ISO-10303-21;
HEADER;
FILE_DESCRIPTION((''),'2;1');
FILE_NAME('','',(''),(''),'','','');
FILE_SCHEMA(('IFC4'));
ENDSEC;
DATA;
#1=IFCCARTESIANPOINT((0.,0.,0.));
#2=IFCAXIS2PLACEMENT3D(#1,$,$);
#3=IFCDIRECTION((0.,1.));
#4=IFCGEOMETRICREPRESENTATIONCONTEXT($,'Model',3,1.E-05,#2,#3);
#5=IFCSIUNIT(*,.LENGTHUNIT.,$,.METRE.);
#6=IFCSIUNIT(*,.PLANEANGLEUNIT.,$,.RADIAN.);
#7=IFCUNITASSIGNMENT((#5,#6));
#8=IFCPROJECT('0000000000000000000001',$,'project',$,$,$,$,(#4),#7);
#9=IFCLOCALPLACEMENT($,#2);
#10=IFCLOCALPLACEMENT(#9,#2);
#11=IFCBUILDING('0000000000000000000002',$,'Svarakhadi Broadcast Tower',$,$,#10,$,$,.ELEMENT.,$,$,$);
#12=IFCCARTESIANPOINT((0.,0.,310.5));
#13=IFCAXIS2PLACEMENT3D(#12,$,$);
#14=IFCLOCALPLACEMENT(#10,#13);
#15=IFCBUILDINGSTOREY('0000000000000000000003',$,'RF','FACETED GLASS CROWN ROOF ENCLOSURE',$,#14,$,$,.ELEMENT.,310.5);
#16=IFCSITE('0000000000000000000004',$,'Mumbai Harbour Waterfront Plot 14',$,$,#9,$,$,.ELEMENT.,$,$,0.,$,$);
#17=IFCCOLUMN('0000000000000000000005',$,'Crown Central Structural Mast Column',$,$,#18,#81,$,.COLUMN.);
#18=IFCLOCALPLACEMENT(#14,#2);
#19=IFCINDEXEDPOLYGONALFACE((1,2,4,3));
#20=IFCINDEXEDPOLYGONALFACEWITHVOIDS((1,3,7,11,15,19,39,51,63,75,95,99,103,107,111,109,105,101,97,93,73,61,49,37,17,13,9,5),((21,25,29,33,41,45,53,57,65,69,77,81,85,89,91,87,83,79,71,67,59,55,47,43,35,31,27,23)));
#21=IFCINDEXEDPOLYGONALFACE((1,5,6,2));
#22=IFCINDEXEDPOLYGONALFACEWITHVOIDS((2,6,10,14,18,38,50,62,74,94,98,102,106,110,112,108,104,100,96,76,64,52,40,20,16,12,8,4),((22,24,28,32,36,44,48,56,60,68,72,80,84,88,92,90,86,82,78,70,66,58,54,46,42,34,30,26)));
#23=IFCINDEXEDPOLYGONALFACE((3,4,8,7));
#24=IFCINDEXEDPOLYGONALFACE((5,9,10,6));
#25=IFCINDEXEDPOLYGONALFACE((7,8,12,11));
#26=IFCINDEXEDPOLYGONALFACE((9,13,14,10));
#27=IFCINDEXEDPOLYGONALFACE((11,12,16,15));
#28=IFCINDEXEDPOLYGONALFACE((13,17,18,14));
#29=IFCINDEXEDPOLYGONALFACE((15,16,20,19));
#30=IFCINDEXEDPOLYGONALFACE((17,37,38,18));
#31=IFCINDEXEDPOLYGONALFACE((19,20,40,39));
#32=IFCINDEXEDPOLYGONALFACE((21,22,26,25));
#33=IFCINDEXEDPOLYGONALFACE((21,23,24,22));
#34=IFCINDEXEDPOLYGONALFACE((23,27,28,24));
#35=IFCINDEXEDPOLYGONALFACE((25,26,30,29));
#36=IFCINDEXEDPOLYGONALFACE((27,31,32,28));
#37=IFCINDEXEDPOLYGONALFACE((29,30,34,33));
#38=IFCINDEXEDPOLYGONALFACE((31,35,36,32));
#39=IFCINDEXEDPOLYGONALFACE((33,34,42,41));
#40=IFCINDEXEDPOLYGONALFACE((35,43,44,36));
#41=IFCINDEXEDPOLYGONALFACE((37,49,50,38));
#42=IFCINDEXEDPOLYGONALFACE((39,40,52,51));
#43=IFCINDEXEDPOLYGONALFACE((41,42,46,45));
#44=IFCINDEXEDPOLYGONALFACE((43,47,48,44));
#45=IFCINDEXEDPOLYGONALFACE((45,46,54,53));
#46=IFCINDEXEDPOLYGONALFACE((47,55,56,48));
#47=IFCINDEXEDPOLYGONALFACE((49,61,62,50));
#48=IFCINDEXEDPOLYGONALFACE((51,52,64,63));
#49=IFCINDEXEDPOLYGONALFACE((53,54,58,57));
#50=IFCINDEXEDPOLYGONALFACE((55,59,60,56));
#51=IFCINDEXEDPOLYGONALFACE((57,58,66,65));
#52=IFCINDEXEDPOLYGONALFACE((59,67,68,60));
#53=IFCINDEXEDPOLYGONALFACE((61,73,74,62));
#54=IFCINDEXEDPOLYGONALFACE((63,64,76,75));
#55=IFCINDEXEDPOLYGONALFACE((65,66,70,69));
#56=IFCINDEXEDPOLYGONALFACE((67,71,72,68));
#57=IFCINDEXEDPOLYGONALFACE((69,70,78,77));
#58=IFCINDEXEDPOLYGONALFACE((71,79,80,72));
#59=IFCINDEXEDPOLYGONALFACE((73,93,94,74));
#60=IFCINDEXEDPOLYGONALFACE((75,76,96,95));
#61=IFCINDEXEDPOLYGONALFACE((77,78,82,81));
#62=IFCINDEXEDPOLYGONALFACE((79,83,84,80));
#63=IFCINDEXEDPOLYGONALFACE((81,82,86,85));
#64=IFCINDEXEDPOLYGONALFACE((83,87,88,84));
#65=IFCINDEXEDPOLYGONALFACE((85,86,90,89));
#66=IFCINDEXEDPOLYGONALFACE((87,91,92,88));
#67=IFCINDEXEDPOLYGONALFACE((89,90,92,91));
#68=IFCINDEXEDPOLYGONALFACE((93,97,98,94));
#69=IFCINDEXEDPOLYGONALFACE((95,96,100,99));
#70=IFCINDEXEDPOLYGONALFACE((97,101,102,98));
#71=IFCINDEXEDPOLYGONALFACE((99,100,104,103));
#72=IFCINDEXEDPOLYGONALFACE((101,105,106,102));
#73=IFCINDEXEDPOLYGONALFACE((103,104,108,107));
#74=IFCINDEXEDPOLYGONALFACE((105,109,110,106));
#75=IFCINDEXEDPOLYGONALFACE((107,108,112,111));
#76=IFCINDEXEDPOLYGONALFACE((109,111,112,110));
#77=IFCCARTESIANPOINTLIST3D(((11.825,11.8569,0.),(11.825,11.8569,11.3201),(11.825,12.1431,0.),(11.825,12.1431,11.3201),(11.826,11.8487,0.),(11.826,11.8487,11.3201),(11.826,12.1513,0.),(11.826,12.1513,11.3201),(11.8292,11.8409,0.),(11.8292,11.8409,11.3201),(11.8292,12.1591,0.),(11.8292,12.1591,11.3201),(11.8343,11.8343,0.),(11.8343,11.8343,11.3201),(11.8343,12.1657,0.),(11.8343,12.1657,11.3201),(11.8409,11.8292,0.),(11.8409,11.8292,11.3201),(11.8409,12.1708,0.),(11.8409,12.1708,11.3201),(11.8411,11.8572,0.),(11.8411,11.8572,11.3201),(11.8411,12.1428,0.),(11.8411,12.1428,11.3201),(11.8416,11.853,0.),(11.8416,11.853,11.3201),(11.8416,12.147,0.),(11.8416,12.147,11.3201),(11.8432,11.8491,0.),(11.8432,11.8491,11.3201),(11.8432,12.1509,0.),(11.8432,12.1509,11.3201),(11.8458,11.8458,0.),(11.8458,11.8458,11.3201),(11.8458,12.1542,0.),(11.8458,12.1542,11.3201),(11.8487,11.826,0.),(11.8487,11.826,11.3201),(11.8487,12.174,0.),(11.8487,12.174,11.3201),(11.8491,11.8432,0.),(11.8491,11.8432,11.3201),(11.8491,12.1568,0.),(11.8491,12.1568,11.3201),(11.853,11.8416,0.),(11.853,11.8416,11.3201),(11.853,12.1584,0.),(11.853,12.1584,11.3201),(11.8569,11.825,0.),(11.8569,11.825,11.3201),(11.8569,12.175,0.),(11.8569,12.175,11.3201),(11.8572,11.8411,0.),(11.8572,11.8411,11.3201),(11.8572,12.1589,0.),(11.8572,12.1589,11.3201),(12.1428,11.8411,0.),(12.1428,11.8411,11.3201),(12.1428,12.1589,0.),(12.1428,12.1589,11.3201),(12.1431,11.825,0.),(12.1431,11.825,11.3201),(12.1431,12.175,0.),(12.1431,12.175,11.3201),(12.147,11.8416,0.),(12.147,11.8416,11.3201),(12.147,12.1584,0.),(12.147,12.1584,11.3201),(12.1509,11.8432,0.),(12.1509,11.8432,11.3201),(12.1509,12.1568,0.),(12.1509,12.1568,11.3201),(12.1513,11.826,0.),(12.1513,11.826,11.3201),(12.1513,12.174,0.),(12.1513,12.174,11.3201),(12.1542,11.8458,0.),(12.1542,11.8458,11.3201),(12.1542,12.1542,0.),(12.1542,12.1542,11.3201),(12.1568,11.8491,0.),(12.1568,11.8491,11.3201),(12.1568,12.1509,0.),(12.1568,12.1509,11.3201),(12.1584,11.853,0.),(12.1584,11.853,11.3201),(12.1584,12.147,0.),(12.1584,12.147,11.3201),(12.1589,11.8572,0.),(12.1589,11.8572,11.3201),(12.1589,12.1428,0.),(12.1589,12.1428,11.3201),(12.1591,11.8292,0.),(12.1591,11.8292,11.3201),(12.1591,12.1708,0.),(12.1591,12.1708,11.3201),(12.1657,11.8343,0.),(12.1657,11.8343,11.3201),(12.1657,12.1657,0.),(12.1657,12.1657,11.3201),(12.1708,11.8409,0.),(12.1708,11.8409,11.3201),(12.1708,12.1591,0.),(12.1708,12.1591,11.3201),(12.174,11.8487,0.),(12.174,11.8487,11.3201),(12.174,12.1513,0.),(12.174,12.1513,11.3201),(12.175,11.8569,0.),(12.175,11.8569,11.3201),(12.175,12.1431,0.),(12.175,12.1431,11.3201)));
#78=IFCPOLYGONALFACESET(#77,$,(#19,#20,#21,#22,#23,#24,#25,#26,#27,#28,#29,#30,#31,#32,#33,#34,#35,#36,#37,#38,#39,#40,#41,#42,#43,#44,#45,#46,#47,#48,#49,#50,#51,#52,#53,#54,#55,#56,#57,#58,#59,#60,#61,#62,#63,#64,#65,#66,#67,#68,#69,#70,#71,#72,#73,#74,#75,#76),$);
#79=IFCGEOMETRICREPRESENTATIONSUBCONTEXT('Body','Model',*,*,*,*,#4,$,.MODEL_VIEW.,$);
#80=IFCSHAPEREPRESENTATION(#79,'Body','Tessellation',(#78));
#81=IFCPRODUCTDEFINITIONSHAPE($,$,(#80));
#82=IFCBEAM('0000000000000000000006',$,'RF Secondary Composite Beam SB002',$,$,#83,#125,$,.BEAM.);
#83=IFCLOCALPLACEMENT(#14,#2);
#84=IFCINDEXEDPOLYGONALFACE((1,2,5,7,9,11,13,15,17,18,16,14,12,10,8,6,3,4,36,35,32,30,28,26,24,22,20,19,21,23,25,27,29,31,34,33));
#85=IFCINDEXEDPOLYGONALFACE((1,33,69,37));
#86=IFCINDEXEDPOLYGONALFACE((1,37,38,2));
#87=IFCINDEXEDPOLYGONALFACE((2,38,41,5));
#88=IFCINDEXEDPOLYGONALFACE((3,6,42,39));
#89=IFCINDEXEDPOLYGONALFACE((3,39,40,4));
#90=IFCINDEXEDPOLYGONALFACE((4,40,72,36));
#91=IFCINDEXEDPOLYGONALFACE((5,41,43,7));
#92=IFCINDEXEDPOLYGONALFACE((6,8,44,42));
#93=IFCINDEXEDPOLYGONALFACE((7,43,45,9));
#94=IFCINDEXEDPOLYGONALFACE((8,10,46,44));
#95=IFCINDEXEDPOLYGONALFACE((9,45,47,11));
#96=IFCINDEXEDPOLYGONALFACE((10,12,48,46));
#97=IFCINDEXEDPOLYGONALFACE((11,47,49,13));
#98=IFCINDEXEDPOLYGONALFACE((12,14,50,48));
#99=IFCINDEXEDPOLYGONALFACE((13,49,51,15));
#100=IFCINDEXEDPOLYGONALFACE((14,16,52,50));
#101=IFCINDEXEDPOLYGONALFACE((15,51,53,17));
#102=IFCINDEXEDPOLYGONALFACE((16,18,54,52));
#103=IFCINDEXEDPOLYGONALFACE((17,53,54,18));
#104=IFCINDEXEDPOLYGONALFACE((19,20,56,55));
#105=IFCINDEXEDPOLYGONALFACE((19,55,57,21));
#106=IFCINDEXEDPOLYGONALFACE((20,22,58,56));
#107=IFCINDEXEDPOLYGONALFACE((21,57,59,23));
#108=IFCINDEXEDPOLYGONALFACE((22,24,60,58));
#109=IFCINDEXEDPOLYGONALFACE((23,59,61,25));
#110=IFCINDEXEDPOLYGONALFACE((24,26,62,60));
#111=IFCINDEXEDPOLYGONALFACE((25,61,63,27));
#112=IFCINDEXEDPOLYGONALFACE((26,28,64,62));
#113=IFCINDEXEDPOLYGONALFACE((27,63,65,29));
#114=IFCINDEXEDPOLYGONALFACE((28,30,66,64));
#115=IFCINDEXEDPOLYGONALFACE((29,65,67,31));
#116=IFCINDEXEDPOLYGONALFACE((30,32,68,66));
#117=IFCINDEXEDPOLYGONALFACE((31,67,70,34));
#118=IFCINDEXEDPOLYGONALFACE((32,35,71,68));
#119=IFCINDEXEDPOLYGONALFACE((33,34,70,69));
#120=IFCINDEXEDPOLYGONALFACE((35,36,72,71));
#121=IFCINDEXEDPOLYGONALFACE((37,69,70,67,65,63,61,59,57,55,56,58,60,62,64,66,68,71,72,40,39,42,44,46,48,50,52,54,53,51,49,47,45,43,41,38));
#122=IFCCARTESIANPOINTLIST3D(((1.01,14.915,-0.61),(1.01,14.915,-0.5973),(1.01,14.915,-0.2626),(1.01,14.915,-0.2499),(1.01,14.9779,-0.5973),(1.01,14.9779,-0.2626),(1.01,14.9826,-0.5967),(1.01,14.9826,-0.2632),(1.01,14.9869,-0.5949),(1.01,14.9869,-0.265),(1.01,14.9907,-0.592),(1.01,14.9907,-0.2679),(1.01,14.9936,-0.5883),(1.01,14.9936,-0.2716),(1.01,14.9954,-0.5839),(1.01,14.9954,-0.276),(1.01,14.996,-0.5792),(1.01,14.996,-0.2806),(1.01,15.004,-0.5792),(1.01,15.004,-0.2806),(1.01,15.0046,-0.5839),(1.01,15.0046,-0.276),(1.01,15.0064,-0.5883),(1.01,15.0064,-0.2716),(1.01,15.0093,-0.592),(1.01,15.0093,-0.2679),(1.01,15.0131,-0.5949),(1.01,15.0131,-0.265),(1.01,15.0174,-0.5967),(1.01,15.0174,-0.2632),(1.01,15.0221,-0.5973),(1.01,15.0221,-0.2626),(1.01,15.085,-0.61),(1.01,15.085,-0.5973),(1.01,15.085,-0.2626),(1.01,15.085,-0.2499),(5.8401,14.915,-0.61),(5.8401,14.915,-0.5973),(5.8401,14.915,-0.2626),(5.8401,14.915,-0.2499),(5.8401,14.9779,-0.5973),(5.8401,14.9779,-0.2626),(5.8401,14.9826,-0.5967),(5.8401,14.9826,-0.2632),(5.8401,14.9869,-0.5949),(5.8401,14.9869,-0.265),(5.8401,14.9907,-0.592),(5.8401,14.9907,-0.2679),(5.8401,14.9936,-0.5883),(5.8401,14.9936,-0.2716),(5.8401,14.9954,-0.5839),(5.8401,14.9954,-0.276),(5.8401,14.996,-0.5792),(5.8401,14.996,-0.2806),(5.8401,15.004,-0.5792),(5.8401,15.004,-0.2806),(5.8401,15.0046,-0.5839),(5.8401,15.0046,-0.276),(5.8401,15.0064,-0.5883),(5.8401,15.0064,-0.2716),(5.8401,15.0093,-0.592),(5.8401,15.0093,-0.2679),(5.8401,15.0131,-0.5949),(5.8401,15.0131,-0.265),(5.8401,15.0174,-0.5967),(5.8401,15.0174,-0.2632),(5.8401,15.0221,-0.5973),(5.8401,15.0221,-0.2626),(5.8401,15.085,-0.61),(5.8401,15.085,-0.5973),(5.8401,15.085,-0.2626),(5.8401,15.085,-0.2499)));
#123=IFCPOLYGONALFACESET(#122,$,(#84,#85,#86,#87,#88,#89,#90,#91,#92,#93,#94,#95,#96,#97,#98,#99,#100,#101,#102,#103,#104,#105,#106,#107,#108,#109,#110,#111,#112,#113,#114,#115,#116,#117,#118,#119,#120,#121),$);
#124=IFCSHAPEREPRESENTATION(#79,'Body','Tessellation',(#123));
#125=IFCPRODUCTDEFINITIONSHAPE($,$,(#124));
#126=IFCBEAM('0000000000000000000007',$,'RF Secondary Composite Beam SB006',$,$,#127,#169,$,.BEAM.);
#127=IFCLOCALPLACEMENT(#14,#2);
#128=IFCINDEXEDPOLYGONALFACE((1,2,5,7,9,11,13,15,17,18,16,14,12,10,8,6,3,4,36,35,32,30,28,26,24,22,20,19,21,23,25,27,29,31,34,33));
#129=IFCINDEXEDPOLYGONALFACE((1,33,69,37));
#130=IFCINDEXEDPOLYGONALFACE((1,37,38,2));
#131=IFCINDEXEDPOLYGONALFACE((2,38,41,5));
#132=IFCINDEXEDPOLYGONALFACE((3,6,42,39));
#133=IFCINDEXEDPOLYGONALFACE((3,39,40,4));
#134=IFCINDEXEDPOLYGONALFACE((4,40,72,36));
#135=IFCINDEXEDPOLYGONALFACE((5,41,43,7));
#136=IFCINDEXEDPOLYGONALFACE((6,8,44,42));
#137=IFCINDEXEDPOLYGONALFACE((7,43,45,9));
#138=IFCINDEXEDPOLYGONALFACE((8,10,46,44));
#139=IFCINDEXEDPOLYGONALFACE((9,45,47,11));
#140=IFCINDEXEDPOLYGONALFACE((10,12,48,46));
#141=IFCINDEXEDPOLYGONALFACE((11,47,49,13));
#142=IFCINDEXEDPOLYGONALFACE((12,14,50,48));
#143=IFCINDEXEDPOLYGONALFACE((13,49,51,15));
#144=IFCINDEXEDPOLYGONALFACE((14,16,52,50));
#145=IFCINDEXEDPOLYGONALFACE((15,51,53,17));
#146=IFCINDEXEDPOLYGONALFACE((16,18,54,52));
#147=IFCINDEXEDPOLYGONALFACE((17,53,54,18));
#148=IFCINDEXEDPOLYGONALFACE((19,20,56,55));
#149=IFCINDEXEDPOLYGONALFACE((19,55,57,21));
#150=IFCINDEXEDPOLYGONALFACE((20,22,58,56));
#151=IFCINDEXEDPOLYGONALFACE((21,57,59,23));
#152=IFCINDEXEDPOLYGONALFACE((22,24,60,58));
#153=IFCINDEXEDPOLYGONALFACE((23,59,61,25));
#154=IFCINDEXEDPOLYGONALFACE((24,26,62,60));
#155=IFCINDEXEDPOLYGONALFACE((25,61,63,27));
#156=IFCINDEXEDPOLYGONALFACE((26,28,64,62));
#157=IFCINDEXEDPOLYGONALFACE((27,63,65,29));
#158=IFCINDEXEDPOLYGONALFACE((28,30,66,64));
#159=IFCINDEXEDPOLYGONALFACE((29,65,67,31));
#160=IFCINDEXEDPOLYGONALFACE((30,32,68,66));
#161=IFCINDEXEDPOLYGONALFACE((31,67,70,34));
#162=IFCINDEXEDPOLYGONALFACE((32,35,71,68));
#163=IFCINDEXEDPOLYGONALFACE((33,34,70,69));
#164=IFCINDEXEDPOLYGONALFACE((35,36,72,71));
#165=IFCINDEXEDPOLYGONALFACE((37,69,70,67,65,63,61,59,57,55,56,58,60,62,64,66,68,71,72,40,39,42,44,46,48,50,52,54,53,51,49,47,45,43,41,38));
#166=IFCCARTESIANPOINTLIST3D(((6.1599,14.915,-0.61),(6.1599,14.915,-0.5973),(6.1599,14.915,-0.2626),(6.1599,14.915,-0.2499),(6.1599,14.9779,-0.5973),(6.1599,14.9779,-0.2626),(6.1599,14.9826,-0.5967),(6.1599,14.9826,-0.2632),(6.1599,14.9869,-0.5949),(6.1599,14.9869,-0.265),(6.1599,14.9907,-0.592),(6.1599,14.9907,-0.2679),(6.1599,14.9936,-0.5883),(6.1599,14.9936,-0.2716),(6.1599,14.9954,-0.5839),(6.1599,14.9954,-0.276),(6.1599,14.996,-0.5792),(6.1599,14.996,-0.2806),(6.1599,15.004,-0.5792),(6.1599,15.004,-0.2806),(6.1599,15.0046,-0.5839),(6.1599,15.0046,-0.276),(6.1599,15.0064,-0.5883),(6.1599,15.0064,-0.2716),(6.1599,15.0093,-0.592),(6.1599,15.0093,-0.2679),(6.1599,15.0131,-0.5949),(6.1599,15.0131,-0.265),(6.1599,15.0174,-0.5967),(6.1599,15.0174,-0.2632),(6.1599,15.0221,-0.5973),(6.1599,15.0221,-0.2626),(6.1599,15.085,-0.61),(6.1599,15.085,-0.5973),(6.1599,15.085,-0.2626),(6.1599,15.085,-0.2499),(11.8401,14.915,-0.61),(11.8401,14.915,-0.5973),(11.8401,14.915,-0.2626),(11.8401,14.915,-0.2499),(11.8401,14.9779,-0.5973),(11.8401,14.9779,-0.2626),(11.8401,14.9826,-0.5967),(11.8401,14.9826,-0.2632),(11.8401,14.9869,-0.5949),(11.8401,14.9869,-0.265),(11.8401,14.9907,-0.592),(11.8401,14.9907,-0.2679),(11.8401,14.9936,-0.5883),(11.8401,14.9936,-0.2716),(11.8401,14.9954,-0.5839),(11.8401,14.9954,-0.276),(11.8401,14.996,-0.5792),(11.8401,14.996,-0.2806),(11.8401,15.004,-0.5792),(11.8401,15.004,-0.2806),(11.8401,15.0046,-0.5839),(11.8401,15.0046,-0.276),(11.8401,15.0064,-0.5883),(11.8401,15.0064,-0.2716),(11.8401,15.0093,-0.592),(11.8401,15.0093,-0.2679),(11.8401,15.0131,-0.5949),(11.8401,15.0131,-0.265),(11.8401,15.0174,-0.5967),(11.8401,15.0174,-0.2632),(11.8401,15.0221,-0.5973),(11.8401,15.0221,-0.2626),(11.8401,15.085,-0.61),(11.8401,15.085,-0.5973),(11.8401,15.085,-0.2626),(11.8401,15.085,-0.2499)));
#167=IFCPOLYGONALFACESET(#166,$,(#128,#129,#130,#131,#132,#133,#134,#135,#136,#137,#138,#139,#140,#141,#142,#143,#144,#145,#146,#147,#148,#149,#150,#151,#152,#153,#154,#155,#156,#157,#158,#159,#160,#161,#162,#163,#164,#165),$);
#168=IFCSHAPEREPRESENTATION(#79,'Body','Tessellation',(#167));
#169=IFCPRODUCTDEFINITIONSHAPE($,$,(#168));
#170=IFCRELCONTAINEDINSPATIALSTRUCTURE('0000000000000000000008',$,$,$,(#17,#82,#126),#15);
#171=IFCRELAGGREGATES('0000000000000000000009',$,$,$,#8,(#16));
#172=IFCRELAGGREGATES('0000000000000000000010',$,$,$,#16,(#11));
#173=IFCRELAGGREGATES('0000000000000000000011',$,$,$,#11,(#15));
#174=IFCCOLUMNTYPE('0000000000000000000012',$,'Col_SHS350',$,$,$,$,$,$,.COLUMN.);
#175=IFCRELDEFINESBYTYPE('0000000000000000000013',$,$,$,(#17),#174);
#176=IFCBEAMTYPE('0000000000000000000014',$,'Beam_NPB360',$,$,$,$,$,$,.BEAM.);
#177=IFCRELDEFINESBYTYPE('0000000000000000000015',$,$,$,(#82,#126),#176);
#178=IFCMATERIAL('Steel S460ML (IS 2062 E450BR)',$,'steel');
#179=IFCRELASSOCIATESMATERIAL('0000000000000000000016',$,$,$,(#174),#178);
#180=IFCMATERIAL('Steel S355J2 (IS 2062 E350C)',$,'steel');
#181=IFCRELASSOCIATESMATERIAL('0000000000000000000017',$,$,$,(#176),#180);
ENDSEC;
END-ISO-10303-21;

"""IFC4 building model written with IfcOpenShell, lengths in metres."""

from ifc_helpers import new_model, si_unit, direction, frame, origin, origin_2d, place, context, subcontext, project, spatial, hollow_rectangle, i_section, extrude, material, material_profile, profile_set, type_object, element, save


model = new_model("IFC4")

# Units and contexts
model_context = context("Model", 3, precision=1e-05, world=origin(), true_north=direction((0.0, 1.0)))
body_context = subcontext(model_context, "Body", "Model", "MODEL_VIEW")
ifc_project = project(units=[si_unit("LENGTHUNIT", "METRE"), si_unit("PLANEANGLEUNIT", "RADIAN")], contexts=[model_context])

# Site, building, storey
site_placement = place(None, origin())
site = spatial("IfcSite", under=ifc_project, at=site_placement, Name="Mumbai Harbour Waterfront Plot 14", CompositionType="ELEMENT", RefElevation=0.0)
building_placement = place(site_placement, origin())
building = spatial("IfcBuilding", under=site, at=building_placement, Name="Svarakhadi Broadcast Tower", CompositionType="ELEMENT")
storey_placement = place(building_placement, frame((0.0, 0.0, 310.5)))
storey = spatial("IfcBuildingStorey", under=building, at=storey_placement, Name="RF", Description="FACETED GLASS CROWN ROOF ENCLOSURE", CompositionType="ELEMENT", Elevation=310.5)

# Column
ifc_material_1 = material(Name="Steel S460ML (IS 2062 E450BR)", Category="steel")
ifc_material_profile_1 = material_profile(ifc_material_1, hollow_rectangle(XDim=0.3501, YDim=0.3501, WallThickness=0.0161, InnerFilletRadius=0.0161, OuterFilletRadius=0.032, at=origin_2d()), Name="SHS 350x350x16")
ifc_profile_set_1 = profile_set([ifc_material_profile_1], Name="Steel S460ML (IS 2062 E450BR)")
column_type = type_object("IfcColumnType", Name="Col_SHS350", PredefinedType="COLUMN", material=ifc_profile_set_1)
column_placement = place(storey_placement, frame((12.0, 12.0, 0.0), z_axis=(0.0, 0.0, 1.0), x_axis=(1.0, 0.0, 0.0)))
element("IfcColumn", 1, at=column_placement, inside=storey, type_object=column_type, Name="Crown Central Structural Mast Column", PredefinedType="COLUMN", context=body_context, shape_type="SweptSolid", body=[
    extrude(hollow_rectangle(XDim=0.3501, YDim=0.3501, WallThickness=0.0161, InnerFilletRadius=0.0161, OuterFilletRadius=0.032, at=origin_2d()), origin(), (0.0, 0.0, 1.0), 11.3201),
])

# Beams
ifc_material_2 = material(Name="Steel S355J2 (IS 2062 E350C)", Category="steel")
ifc_material_profile_2 = material_profile(ifc_material_2, i_section(OverallWidth=0.1699, OverallDepth=0.3601, WebThickness=0.0081, FlangeThickness=0.0127, FilletRadius=0.0181, at=origin_2d()), Name="NPB 360x170x57")
ifc_profile_set_2 = profile_set([ifc_material_profile_2], Name="Steel S355J2 (IS 2062 E350C)")
beam_type_1 = type_object("IfcBeamType", Name="Beam_NPB360", PredefinedType="BEAM", material=ifc_profile_set_2)
beam_1_placement = place(storey_placement, frame((1.01, 15.0, -0.4299), z_axis=(1.0, 0.0, 0.0), x_axis=(0.0, 1.0, 0.0)))
element("IfcBeam", 2, at=beam_1_placement, inside=storey, type_object=beam_type_1, Name="RF Secondary Composite Beam SB002", PredefinedType="BEAM", context=body_context, shape_type="SweptSolid", body=[
    extrude(i_section(OverallWidth=0.1699, OverallDepth=0.3601, WebThickness=0.0081, FlangeThickness=0.0127, FilletRadius=0.0181, at=origin_2d()), origin(), (0.0, 0.0, 1.0), 4.8301),
])
for number, where, z_axis, x_axis, name in (
    (3, (6.1599, 15.0, -0.4299), (1.0, 0.0, 0.0), (0.0, 1.0, 0.0), "RF Secondary Composite Beam SB006"),
):
    element("IfcBeam", number, at=place(storey_placement, frame(where, z_axis=z_axis, x_axis=x_axis)), inside=storey, type_object=beam_type_1, Name=name, PredefinedType="BEAM", context=body_context, shape_type="SweptSolid", body=[
        extrude(i_section(OverallWidth=0.1699, OverallDepth=0.3601, WebThickness=0.0081, FlangeThickness=0.0127, FilletRadius=0.0181, at=origin_2d()), origin(), (0.0, 0.0, 1.0), 5.6802),
    ])

save(model, "model.ifc")
